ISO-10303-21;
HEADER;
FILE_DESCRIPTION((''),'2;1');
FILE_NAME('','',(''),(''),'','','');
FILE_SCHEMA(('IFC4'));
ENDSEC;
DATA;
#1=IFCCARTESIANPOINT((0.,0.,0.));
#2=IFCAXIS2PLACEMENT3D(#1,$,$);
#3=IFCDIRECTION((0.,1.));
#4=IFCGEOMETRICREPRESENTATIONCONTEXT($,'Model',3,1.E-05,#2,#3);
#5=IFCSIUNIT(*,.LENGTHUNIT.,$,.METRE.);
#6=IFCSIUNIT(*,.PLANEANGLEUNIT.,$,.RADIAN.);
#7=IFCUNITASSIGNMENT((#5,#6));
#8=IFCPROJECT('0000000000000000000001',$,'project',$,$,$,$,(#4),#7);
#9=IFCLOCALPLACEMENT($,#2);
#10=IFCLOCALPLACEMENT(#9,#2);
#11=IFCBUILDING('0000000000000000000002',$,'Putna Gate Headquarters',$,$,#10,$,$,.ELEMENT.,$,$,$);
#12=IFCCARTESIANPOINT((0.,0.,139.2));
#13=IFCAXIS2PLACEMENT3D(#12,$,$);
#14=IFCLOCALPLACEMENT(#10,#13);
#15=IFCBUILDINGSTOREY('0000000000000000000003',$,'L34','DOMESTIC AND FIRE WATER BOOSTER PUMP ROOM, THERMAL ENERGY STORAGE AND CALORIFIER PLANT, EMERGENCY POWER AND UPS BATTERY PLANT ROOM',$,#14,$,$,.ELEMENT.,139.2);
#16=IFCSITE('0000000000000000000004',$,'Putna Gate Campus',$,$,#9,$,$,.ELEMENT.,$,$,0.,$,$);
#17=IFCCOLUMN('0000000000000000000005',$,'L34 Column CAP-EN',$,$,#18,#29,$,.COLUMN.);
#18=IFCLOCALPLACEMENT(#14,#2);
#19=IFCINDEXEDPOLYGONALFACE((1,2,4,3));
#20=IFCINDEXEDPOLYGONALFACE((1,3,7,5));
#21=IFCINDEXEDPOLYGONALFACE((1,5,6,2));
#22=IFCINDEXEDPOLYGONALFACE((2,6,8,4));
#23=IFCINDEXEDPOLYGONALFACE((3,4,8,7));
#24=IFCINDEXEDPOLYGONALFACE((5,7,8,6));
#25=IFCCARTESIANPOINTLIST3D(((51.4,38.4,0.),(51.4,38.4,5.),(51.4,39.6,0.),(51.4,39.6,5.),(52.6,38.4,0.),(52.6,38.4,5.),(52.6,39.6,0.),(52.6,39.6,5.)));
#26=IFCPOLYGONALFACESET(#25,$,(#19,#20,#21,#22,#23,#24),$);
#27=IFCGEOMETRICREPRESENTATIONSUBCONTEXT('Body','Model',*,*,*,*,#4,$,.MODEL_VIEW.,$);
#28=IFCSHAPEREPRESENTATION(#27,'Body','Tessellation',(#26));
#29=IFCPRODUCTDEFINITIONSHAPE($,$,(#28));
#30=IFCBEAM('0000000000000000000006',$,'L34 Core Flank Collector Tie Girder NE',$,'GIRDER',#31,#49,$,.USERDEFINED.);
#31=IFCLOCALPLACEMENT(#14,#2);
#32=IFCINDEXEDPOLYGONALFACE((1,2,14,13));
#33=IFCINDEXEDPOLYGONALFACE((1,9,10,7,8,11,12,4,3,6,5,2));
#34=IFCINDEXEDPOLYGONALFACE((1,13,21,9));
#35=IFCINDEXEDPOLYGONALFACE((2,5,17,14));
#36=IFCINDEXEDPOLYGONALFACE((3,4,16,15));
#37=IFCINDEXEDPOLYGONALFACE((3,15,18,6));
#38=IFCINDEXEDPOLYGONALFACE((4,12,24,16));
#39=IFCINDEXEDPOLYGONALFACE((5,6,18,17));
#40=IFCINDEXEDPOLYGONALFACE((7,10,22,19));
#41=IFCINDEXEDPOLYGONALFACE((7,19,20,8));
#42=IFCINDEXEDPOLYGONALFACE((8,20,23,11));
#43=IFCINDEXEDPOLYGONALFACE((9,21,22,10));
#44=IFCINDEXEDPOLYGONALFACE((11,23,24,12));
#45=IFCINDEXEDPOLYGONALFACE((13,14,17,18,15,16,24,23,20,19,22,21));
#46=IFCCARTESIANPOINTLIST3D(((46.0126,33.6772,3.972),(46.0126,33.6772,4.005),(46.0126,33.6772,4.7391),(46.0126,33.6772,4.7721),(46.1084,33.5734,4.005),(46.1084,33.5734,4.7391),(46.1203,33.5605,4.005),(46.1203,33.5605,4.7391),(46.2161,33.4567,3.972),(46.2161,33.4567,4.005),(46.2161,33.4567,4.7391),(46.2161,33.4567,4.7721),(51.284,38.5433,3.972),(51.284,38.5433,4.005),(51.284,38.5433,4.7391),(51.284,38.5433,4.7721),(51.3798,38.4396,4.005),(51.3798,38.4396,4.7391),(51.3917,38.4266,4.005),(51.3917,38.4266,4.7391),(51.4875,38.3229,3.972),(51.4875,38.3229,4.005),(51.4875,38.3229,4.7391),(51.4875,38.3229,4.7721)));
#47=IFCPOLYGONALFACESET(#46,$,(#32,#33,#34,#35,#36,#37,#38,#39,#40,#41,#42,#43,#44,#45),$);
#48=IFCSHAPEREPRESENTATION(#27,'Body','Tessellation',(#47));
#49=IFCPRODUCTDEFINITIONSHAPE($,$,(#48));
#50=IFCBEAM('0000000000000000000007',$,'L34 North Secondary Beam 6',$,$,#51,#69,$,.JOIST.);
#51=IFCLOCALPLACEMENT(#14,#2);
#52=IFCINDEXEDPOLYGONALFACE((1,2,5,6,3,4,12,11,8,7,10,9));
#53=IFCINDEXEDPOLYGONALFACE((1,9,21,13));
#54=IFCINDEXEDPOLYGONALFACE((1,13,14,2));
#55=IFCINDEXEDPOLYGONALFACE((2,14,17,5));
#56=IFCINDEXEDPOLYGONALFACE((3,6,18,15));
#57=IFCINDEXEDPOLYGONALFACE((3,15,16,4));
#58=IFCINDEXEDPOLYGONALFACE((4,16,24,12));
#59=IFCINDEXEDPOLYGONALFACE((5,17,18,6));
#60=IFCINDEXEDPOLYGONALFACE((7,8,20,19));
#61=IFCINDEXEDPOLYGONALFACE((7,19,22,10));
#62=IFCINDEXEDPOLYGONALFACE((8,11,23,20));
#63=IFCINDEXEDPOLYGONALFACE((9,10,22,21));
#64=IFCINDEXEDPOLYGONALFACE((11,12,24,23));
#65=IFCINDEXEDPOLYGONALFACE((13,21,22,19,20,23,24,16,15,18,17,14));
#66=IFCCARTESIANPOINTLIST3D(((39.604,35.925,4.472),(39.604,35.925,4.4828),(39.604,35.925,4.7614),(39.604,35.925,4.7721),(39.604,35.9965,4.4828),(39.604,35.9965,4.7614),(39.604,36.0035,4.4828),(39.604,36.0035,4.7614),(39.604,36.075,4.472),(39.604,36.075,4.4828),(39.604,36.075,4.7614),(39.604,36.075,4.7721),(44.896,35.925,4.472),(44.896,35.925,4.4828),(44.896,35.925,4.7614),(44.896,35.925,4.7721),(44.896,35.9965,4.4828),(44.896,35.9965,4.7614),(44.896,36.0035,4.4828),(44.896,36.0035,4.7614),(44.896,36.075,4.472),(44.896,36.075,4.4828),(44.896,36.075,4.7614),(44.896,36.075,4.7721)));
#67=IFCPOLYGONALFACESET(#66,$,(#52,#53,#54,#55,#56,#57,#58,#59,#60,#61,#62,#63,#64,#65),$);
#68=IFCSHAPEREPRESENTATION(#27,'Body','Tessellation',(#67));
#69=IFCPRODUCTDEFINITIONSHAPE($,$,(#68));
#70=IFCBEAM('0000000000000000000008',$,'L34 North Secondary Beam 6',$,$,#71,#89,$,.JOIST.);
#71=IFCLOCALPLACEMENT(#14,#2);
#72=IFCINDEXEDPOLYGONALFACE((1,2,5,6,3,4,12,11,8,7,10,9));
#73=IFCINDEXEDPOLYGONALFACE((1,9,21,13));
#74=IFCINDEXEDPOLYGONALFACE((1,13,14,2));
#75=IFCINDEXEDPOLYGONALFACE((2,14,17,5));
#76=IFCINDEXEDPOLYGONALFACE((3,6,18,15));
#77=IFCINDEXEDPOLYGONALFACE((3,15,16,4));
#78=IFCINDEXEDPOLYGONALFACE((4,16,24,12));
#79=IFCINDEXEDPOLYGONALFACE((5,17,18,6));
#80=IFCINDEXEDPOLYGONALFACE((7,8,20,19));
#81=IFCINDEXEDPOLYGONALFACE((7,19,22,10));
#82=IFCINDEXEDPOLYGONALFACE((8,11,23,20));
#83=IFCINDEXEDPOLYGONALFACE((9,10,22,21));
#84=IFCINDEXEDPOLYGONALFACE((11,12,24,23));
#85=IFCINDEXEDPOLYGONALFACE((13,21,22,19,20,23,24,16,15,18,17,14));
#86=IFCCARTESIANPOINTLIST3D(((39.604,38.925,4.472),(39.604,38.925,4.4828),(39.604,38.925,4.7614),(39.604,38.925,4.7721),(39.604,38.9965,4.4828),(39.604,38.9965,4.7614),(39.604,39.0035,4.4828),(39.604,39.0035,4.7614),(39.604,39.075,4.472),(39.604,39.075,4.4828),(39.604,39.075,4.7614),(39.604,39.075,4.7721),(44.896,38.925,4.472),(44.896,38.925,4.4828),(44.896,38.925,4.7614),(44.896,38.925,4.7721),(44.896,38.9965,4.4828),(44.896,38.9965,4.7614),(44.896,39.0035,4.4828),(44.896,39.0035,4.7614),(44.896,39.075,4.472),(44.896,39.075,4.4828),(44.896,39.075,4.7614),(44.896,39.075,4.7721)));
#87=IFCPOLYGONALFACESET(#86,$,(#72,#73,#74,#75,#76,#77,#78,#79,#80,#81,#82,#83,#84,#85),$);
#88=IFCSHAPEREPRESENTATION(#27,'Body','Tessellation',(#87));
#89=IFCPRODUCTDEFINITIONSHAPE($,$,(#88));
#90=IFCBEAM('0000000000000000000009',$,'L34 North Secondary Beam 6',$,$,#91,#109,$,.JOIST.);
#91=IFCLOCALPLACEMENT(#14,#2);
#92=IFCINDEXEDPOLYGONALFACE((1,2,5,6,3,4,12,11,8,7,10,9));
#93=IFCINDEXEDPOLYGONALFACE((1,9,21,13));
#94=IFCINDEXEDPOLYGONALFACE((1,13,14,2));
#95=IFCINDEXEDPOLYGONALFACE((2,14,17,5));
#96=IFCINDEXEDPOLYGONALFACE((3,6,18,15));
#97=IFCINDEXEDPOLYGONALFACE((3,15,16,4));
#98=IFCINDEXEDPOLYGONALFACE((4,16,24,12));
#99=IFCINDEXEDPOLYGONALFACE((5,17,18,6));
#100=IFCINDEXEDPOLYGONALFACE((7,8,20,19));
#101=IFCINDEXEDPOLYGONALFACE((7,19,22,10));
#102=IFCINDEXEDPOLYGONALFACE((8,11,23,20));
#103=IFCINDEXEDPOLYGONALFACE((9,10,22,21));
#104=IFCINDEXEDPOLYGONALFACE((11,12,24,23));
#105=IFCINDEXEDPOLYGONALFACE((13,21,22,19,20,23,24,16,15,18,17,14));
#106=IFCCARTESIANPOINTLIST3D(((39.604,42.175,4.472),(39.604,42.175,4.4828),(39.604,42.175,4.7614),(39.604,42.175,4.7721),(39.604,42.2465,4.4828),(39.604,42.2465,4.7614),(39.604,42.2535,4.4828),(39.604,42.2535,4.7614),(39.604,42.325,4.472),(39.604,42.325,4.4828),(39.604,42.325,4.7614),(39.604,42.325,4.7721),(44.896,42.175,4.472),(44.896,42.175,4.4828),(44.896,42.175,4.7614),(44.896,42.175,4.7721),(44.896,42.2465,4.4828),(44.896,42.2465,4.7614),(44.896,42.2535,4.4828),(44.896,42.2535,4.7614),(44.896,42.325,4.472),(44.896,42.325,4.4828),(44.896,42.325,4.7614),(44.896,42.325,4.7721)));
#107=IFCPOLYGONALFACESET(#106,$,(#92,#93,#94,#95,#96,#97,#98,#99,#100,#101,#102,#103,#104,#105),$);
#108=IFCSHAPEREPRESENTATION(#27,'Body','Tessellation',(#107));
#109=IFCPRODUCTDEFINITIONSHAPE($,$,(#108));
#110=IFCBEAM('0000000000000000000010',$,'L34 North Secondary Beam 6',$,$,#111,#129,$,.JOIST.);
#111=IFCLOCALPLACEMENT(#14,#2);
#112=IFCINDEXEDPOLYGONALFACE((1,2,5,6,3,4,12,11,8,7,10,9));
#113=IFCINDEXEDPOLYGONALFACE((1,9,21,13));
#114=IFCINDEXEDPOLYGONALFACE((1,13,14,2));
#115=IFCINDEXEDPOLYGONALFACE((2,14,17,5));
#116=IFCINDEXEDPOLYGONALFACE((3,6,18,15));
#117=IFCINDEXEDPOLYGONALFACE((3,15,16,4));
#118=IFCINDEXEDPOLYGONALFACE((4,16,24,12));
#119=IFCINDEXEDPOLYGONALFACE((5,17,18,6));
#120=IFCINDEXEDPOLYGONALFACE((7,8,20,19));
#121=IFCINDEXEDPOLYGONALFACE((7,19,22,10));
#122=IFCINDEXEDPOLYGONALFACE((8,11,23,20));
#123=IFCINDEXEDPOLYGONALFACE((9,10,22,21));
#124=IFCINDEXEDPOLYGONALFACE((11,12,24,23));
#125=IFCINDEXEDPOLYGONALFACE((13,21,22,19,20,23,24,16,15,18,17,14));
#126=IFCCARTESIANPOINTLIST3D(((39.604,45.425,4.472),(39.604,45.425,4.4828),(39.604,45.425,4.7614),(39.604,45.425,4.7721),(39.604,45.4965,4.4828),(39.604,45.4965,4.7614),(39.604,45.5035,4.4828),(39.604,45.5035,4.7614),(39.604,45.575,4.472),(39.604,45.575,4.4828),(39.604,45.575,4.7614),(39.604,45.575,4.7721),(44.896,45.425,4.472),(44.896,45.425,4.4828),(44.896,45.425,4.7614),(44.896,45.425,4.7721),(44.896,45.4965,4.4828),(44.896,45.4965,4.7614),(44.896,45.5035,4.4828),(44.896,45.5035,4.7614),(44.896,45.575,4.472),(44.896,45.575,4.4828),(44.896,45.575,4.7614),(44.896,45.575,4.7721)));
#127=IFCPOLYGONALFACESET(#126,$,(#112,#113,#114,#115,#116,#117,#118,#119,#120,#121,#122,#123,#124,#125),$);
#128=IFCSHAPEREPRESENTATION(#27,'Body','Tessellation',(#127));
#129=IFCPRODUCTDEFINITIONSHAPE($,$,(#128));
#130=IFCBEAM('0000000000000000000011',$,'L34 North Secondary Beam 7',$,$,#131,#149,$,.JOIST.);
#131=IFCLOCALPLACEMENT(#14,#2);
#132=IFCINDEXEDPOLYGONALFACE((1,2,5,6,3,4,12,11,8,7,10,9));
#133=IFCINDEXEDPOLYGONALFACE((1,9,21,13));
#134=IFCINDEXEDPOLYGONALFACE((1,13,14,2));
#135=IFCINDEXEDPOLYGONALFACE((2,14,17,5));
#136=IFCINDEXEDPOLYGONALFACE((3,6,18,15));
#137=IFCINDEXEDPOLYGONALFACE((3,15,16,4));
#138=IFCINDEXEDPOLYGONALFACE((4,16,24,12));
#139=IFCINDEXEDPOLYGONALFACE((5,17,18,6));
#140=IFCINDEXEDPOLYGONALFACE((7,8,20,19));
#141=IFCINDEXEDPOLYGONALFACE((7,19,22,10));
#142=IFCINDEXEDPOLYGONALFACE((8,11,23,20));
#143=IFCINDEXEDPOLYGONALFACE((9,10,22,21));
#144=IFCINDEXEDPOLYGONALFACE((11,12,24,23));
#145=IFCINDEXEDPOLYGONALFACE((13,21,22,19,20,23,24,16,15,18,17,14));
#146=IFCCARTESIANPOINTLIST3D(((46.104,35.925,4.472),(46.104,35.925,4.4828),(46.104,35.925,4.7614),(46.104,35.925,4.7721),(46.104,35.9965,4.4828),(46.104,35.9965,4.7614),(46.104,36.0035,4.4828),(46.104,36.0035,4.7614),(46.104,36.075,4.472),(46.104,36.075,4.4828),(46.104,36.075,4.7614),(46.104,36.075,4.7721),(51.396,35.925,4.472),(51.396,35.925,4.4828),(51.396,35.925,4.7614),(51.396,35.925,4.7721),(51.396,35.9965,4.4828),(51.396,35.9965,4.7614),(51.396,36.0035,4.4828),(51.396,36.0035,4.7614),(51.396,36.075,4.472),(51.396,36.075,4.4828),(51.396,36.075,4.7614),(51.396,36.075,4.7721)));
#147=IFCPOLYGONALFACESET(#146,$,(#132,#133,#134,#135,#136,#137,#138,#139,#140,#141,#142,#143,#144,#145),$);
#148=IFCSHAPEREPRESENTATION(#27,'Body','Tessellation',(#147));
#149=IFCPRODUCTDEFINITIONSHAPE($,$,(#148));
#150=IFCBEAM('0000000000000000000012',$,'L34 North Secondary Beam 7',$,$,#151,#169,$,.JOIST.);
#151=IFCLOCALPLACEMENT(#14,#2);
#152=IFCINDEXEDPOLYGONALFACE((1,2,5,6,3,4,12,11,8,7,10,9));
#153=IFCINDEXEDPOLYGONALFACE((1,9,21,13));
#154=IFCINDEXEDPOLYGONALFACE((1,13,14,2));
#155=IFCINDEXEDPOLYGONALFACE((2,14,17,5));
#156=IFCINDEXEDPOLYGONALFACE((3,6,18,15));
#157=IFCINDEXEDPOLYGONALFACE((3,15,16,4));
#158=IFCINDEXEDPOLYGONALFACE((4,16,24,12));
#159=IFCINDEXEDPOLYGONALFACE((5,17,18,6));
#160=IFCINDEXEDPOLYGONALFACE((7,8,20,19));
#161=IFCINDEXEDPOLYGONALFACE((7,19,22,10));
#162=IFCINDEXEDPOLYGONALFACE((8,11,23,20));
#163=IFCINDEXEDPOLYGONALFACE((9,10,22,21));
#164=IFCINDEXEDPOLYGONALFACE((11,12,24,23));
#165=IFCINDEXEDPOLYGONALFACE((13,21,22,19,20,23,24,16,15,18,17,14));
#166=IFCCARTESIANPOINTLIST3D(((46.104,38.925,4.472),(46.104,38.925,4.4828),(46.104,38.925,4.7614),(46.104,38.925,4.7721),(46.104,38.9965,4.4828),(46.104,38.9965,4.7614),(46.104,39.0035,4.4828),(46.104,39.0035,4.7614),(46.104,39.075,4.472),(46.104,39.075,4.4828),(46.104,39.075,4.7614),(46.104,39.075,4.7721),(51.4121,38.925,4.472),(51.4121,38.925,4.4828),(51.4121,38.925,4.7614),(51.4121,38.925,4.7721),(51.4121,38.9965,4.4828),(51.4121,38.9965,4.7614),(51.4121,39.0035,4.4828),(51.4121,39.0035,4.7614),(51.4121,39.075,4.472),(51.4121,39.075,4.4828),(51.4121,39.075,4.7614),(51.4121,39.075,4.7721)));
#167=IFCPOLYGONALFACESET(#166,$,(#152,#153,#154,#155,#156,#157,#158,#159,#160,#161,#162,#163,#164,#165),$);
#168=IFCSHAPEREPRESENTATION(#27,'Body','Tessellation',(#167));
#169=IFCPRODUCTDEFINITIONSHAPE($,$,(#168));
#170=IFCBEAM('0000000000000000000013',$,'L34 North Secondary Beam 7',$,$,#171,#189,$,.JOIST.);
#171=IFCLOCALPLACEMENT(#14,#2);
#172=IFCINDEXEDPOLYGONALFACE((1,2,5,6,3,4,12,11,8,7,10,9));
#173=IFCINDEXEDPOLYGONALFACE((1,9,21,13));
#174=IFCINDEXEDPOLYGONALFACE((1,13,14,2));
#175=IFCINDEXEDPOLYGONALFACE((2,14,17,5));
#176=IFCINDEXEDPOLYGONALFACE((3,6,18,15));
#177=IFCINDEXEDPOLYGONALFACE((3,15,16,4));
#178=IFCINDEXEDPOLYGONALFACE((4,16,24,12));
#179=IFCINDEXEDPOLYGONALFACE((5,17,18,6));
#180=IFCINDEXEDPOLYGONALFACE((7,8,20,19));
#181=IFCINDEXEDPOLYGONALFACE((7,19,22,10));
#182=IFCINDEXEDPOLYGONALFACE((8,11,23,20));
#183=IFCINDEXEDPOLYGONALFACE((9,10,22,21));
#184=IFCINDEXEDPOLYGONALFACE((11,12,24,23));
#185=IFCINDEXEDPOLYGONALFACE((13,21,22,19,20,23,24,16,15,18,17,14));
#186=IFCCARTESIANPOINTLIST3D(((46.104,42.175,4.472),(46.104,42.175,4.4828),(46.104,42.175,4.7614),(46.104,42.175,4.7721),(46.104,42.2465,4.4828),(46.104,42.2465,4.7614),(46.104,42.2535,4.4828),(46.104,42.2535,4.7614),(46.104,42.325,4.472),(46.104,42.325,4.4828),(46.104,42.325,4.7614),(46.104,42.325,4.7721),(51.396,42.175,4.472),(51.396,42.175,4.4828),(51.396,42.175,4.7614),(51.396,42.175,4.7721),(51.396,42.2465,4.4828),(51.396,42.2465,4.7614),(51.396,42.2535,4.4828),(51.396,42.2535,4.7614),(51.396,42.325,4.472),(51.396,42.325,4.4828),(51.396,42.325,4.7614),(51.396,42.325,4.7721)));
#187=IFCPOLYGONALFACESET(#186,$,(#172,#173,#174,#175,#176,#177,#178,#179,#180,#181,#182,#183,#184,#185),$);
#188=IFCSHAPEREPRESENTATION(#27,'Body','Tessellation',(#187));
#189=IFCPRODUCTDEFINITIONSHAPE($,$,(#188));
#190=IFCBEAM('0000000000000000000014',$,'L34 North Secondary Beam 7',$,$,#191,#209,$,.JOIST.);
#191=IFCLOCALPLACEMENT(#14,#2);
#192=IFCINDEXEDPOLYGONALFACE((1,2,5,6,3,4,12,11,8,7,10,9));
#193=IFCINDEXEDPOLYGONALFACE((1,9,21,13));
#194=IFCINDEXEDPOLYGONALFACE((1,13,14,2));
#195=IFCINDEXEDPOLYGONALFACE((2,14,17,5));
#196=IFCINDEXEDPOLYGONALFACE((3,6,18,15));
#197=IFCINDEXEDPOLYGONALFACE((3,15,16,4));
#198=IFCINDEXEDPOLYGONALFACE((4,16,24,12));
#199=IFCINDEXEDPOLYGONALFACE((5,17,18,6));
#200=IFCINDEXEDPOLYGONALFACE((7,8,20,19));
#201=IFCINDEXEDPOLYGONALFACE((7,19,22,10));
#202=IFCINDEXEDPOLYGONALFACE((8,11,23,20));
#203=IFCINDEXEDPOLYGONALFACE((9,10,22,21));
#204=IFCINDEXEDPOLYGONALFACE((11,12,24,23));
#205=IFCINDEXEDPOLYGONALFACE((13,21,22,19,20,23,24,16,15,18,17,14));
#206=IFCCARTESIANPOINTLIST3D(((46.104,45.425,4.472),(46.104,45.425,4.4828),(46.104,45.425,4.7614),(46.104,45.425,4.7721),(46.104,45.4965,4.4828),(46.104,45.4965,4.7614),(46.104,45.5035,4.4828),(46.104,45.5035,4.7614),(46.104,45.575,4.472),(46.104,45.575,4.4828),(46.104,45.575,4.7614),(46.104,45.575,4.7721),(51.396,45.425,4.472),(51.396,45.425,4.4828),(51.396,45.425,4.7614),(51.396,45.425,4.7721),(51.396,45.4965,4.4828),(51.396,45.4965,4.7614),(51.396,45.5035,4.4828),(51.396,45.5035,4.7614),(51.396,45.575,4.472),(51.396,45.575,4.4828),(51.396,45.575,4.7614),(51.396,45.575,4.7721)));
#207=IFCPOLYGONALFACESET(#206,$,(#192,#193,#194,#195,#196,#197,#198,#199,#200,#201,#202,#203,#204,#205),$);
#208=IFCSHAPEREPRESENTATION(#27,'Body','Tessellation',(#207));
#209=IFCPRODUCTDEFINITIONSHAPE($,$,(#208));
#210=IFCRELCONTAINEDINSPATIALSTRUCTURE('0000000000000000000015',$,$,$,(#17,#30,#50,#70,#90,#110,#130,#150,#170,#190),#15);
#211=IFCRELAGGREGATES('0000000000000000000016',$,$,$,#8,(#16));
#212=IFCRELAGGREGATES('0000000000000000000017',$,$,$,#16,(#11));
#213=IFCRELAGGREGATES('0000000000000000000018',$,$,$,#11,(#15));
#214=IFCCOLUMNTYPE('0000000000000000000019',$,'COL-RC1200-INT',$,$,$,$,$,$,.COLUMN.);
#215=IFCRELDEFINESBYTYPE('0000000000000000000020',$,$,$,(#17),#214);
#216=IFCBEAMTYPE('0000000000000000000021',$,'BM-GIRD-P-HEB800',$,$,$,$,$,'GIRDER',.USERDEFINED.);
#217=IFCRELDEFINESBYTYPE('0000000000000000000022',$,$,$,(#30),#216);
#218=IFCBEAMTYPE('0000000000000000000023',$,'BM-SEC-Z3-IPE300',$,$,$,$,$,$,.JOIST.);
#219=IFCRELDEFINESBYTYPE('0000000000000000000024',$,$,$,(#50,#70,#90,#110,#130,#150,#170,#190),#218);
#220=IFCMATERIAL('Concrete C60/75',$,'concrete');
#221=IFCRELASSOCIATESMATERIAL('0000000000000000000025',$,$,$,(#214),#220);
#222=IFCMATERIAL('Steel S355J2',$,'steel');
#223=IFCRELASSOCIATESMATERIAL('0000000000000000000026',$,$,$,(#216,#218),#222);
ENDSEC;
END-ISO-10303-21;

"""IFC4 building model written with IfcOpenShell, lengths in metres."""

from ifc_helpers import new_model, si_unit, direction, frame, origin, origin_2d, place, context, subcontext, project, spatial, rectangle, i_section, extrude, material, material_profile, profile_set, type_object, element, save


model = new_model("IFC4")

# Units and contexts
model_context = context("Model", 3, precision=1e-05, world=origin(), true_north=direction((0.0, 1.0)))
body_context = subcontext(model_context, "Body", "Model", "MODEL_VIEW")
ifc_project = project(units=[si_unit("LENGTHUNIT", "METRE"), si_unit("PLANEANGLEUNIT", "RADIAN")], contexts=[model_context])

# Site, building, storey
site_placement = place(None, origin())
site = spatial("IfcSite", under=ifc_project, at=site_placement, Name="Putna Gate Campus", CompositionType="ELEMENT", RefElevation=0.0)
building_placement = place(site_placement, origin())
building = spatial("IfcBuilding", under=site, at=building_placement, Name="Putna Gate Headquarters", CompositionType="ELEMENT")
storey_placement = place(building_placement, frame((0.0, 0.0, 139.2)))
storey = spatial("IfcBuildingStorey", under=building, at=storey_placement, Name="L34", Description="DOMESTIC AND FIRE WATER BOOSTER PUMP ROOM, THERMAL ENERGY STORAGE AND CALORIFIER PLANT, EMERGENCY POWER AND UPS BATTERY PLANT ROOM", CompositionType="ELEMENT", Elevation=139.2)

# Column
ifc_material_1 = material(Name="Concrete C60/75", Category="concrete")
ifc_material_profile_1 = material_profile(ifc_material_1, rectangle(XDim=1.2, YDim=1.2, at=origin_2d()), Name="Concrete C60/75")
ifc_profile_set_1 = profile_set([ifc_material_profile_1], Name="Concrete C60/75")
column_type = type_object("IfcColumnType", Name="COL-RC1200-INT", PredefinedType="COLUMN", material=ifc_profile_set_1)
column_placement = place(storey_placement, frame((52.0, 39.0, 0.0), z_axis=(0.0, 0.0, 1.0), x_axis=(1.0, 0.0, 0.0)))
element("IfcColumn", 1, at=column_placement, inside=storey, type_object=column_type, Name="L34 Column CAP-EN", PredefinedType="COLUMN", context=body_context, shape_type="SweptSolid", body=[
    extrude(rectangle(XDim=1.2, YDim=1.2, at=origin_2d()), origin(), (0.0, 0.0, 1.0), 5.0),
])

# Beams
ifc_material_2 = material(Name="Steel S355J2", Category="steel")
ifc_material_profile_2 = material_profile(ifc_material_2, i_section(OverallWidth=0.3, OverallDepth=0.8, WebThickness=0.0176, FlangeThickness=0.033, at=origin_2d()), Name="Steel S355J2")
ifc_profile_set_2 = profile_set([ifc_material_profile_2], Name="Steel S355J2")
beam_type_1 = type_object("IfcBeamType", Name="BM-GIRD-P-HEB800", ElementType="GIRDER", PredefinedType="USERDEFINED", material=ifc_profile_set_2)
beam_1_placement = place(storey_placement, frame((51.3857, 38.4331, 4.3721), z_axis=(-0.734788, -0.678297, 0.0), x_axis=(0.678297, -0.734788, 0.0)))
element("IfcBeam", 2, at=beam_1_placement, inside=storey, type_object=beam_type_1, Name="L34 Core Flank Collector Tie Girder NE", ObjectType="GIRDER", PredefinedType="USERDEFINED", context=body_context, shape_type="SweptSolid", body=[
    extrude(i_section(OverallWidth=0.3, OverallDepth=0.8, WebThickness=0.0176, FlangeThickness=0.033, at=origin_2d()), origin(), (0.0, 0.0, 1.0), 7.1741),
])
ifc_material_profile_3 = material_profile(ifc_material_2, i_section(OverallWidth=0.1499, OverallDepth=0.3, WebThickness=0.0071, FlangeThickness=0.0107, at=origin_2d()), Name="Steel S355J2")
ifc_profile_set_3 = profile_set([ifc_material_profile_3], Name="Steel S355J2")
beam_type_2 = type_object("IfcBeamType", Name="BM-SEC-Z3-IPE300", PredefinedType="JOIST", material=ifc_profile_set_3)
for number, where, z_axis, x_axis, name in (
    (3, (39.604, 36.0, 4.6221), (1.0, 0.0, 0.0), (0.0, 1.0, 0.0), "L34 North Secondary Beam 6"),
    (4, (39.604, 39.0, 4.6221), (1.0, 0.0, 0.0), (0.0, 1.0, 0.0), "L34 North Secondary Beam 6"),
    (5, (39.604, 42.25, 4.6221), (1.0, 0.0, 0.0), (0.0, 1.0, 0.0), "L34 North Secondary Beam 6"),
    (6, (39.604, 45.5, 4.6221), (1.0, 0.0, 0.0), (0.0, 1.0, 0.0), "L34 North Secondary Beam 6"),
    (7, (46.104, 36.0, 4.6221), (1.0, 0.0, 0.0), (0.0, 1.0, 0.0), "L34 North Secondary Beam 7"),
):
    element("IfcBeam", number, at=place(storey_placement, frame(where, z_axis=z_axis, x_axis=x_axis)), inside=storey, type_object=beam_type_2, Name=name, PredefinedType="JOIST", context=body_context, shape_type="SweptSolid", body=[
        extrude(i_section(OverallWidth=0.1499, OverallDepth=0.3, WebThickness=0.0071, FlangeThickness=0.0107, at=origin_2d()), origin(), (0.0, 0.0, 1.0), 5.292),
    ])
beam_2_placement = place(storey_placement, frame((46.104, 39.0, 4.6221), z_axis=(1.0, 0.0, 0.0), x_axis=(0.0, 1.0, 0.0)))
element("IfcBeam", 8, at=beam_2_placement, inside=storey, type_object=beam_type_2, Name="L34 North Secondary Beam 7", PredefinedType="JOIST", context=body_context, shape_type="SweptSolid", body=[
    extrude(i_section(OverallWidth=0.1499, OverallDepth=0.3, WebThickness=0.0071, FlangeThickness=0.0107, at=origin_2d()), origin(), (0.0, 0.0, 1.0), 5.3081),
])
for number, where, z_axis, x_axis, name in (
    (9, (46.104, 42.25, 4.6221), (1.0, 0.0, 0.0), (0.0, 1.0, 0.0), "L34 North Secondary Beam 7"),
    (10, (46.104, 45.5, 4.6221), (1.0, 0.0, 0.0), (0.0, 1.0, 0.0), "L34 North Secondary Beam 7"),
):
    element("IfcBeam", number, at=place(storey_placement, frame(where, z_axis=z_axis, x_axis=x_axis)), inside=storey, type_object=beam_type_2, Name=name, PredefinedType="JOIST", context=body_context, shape_type="SweptSolid", body=[
        extrude(i_section(OverallWidth=0.1499, OverallDepth=0.3, WebThickness=0.0071, FlangeThickness=0.0107, at=origin_2d()), origin(), (0.0, 0.0, 1.0), 5.292),
    ])

save(model, "model.ifc")
